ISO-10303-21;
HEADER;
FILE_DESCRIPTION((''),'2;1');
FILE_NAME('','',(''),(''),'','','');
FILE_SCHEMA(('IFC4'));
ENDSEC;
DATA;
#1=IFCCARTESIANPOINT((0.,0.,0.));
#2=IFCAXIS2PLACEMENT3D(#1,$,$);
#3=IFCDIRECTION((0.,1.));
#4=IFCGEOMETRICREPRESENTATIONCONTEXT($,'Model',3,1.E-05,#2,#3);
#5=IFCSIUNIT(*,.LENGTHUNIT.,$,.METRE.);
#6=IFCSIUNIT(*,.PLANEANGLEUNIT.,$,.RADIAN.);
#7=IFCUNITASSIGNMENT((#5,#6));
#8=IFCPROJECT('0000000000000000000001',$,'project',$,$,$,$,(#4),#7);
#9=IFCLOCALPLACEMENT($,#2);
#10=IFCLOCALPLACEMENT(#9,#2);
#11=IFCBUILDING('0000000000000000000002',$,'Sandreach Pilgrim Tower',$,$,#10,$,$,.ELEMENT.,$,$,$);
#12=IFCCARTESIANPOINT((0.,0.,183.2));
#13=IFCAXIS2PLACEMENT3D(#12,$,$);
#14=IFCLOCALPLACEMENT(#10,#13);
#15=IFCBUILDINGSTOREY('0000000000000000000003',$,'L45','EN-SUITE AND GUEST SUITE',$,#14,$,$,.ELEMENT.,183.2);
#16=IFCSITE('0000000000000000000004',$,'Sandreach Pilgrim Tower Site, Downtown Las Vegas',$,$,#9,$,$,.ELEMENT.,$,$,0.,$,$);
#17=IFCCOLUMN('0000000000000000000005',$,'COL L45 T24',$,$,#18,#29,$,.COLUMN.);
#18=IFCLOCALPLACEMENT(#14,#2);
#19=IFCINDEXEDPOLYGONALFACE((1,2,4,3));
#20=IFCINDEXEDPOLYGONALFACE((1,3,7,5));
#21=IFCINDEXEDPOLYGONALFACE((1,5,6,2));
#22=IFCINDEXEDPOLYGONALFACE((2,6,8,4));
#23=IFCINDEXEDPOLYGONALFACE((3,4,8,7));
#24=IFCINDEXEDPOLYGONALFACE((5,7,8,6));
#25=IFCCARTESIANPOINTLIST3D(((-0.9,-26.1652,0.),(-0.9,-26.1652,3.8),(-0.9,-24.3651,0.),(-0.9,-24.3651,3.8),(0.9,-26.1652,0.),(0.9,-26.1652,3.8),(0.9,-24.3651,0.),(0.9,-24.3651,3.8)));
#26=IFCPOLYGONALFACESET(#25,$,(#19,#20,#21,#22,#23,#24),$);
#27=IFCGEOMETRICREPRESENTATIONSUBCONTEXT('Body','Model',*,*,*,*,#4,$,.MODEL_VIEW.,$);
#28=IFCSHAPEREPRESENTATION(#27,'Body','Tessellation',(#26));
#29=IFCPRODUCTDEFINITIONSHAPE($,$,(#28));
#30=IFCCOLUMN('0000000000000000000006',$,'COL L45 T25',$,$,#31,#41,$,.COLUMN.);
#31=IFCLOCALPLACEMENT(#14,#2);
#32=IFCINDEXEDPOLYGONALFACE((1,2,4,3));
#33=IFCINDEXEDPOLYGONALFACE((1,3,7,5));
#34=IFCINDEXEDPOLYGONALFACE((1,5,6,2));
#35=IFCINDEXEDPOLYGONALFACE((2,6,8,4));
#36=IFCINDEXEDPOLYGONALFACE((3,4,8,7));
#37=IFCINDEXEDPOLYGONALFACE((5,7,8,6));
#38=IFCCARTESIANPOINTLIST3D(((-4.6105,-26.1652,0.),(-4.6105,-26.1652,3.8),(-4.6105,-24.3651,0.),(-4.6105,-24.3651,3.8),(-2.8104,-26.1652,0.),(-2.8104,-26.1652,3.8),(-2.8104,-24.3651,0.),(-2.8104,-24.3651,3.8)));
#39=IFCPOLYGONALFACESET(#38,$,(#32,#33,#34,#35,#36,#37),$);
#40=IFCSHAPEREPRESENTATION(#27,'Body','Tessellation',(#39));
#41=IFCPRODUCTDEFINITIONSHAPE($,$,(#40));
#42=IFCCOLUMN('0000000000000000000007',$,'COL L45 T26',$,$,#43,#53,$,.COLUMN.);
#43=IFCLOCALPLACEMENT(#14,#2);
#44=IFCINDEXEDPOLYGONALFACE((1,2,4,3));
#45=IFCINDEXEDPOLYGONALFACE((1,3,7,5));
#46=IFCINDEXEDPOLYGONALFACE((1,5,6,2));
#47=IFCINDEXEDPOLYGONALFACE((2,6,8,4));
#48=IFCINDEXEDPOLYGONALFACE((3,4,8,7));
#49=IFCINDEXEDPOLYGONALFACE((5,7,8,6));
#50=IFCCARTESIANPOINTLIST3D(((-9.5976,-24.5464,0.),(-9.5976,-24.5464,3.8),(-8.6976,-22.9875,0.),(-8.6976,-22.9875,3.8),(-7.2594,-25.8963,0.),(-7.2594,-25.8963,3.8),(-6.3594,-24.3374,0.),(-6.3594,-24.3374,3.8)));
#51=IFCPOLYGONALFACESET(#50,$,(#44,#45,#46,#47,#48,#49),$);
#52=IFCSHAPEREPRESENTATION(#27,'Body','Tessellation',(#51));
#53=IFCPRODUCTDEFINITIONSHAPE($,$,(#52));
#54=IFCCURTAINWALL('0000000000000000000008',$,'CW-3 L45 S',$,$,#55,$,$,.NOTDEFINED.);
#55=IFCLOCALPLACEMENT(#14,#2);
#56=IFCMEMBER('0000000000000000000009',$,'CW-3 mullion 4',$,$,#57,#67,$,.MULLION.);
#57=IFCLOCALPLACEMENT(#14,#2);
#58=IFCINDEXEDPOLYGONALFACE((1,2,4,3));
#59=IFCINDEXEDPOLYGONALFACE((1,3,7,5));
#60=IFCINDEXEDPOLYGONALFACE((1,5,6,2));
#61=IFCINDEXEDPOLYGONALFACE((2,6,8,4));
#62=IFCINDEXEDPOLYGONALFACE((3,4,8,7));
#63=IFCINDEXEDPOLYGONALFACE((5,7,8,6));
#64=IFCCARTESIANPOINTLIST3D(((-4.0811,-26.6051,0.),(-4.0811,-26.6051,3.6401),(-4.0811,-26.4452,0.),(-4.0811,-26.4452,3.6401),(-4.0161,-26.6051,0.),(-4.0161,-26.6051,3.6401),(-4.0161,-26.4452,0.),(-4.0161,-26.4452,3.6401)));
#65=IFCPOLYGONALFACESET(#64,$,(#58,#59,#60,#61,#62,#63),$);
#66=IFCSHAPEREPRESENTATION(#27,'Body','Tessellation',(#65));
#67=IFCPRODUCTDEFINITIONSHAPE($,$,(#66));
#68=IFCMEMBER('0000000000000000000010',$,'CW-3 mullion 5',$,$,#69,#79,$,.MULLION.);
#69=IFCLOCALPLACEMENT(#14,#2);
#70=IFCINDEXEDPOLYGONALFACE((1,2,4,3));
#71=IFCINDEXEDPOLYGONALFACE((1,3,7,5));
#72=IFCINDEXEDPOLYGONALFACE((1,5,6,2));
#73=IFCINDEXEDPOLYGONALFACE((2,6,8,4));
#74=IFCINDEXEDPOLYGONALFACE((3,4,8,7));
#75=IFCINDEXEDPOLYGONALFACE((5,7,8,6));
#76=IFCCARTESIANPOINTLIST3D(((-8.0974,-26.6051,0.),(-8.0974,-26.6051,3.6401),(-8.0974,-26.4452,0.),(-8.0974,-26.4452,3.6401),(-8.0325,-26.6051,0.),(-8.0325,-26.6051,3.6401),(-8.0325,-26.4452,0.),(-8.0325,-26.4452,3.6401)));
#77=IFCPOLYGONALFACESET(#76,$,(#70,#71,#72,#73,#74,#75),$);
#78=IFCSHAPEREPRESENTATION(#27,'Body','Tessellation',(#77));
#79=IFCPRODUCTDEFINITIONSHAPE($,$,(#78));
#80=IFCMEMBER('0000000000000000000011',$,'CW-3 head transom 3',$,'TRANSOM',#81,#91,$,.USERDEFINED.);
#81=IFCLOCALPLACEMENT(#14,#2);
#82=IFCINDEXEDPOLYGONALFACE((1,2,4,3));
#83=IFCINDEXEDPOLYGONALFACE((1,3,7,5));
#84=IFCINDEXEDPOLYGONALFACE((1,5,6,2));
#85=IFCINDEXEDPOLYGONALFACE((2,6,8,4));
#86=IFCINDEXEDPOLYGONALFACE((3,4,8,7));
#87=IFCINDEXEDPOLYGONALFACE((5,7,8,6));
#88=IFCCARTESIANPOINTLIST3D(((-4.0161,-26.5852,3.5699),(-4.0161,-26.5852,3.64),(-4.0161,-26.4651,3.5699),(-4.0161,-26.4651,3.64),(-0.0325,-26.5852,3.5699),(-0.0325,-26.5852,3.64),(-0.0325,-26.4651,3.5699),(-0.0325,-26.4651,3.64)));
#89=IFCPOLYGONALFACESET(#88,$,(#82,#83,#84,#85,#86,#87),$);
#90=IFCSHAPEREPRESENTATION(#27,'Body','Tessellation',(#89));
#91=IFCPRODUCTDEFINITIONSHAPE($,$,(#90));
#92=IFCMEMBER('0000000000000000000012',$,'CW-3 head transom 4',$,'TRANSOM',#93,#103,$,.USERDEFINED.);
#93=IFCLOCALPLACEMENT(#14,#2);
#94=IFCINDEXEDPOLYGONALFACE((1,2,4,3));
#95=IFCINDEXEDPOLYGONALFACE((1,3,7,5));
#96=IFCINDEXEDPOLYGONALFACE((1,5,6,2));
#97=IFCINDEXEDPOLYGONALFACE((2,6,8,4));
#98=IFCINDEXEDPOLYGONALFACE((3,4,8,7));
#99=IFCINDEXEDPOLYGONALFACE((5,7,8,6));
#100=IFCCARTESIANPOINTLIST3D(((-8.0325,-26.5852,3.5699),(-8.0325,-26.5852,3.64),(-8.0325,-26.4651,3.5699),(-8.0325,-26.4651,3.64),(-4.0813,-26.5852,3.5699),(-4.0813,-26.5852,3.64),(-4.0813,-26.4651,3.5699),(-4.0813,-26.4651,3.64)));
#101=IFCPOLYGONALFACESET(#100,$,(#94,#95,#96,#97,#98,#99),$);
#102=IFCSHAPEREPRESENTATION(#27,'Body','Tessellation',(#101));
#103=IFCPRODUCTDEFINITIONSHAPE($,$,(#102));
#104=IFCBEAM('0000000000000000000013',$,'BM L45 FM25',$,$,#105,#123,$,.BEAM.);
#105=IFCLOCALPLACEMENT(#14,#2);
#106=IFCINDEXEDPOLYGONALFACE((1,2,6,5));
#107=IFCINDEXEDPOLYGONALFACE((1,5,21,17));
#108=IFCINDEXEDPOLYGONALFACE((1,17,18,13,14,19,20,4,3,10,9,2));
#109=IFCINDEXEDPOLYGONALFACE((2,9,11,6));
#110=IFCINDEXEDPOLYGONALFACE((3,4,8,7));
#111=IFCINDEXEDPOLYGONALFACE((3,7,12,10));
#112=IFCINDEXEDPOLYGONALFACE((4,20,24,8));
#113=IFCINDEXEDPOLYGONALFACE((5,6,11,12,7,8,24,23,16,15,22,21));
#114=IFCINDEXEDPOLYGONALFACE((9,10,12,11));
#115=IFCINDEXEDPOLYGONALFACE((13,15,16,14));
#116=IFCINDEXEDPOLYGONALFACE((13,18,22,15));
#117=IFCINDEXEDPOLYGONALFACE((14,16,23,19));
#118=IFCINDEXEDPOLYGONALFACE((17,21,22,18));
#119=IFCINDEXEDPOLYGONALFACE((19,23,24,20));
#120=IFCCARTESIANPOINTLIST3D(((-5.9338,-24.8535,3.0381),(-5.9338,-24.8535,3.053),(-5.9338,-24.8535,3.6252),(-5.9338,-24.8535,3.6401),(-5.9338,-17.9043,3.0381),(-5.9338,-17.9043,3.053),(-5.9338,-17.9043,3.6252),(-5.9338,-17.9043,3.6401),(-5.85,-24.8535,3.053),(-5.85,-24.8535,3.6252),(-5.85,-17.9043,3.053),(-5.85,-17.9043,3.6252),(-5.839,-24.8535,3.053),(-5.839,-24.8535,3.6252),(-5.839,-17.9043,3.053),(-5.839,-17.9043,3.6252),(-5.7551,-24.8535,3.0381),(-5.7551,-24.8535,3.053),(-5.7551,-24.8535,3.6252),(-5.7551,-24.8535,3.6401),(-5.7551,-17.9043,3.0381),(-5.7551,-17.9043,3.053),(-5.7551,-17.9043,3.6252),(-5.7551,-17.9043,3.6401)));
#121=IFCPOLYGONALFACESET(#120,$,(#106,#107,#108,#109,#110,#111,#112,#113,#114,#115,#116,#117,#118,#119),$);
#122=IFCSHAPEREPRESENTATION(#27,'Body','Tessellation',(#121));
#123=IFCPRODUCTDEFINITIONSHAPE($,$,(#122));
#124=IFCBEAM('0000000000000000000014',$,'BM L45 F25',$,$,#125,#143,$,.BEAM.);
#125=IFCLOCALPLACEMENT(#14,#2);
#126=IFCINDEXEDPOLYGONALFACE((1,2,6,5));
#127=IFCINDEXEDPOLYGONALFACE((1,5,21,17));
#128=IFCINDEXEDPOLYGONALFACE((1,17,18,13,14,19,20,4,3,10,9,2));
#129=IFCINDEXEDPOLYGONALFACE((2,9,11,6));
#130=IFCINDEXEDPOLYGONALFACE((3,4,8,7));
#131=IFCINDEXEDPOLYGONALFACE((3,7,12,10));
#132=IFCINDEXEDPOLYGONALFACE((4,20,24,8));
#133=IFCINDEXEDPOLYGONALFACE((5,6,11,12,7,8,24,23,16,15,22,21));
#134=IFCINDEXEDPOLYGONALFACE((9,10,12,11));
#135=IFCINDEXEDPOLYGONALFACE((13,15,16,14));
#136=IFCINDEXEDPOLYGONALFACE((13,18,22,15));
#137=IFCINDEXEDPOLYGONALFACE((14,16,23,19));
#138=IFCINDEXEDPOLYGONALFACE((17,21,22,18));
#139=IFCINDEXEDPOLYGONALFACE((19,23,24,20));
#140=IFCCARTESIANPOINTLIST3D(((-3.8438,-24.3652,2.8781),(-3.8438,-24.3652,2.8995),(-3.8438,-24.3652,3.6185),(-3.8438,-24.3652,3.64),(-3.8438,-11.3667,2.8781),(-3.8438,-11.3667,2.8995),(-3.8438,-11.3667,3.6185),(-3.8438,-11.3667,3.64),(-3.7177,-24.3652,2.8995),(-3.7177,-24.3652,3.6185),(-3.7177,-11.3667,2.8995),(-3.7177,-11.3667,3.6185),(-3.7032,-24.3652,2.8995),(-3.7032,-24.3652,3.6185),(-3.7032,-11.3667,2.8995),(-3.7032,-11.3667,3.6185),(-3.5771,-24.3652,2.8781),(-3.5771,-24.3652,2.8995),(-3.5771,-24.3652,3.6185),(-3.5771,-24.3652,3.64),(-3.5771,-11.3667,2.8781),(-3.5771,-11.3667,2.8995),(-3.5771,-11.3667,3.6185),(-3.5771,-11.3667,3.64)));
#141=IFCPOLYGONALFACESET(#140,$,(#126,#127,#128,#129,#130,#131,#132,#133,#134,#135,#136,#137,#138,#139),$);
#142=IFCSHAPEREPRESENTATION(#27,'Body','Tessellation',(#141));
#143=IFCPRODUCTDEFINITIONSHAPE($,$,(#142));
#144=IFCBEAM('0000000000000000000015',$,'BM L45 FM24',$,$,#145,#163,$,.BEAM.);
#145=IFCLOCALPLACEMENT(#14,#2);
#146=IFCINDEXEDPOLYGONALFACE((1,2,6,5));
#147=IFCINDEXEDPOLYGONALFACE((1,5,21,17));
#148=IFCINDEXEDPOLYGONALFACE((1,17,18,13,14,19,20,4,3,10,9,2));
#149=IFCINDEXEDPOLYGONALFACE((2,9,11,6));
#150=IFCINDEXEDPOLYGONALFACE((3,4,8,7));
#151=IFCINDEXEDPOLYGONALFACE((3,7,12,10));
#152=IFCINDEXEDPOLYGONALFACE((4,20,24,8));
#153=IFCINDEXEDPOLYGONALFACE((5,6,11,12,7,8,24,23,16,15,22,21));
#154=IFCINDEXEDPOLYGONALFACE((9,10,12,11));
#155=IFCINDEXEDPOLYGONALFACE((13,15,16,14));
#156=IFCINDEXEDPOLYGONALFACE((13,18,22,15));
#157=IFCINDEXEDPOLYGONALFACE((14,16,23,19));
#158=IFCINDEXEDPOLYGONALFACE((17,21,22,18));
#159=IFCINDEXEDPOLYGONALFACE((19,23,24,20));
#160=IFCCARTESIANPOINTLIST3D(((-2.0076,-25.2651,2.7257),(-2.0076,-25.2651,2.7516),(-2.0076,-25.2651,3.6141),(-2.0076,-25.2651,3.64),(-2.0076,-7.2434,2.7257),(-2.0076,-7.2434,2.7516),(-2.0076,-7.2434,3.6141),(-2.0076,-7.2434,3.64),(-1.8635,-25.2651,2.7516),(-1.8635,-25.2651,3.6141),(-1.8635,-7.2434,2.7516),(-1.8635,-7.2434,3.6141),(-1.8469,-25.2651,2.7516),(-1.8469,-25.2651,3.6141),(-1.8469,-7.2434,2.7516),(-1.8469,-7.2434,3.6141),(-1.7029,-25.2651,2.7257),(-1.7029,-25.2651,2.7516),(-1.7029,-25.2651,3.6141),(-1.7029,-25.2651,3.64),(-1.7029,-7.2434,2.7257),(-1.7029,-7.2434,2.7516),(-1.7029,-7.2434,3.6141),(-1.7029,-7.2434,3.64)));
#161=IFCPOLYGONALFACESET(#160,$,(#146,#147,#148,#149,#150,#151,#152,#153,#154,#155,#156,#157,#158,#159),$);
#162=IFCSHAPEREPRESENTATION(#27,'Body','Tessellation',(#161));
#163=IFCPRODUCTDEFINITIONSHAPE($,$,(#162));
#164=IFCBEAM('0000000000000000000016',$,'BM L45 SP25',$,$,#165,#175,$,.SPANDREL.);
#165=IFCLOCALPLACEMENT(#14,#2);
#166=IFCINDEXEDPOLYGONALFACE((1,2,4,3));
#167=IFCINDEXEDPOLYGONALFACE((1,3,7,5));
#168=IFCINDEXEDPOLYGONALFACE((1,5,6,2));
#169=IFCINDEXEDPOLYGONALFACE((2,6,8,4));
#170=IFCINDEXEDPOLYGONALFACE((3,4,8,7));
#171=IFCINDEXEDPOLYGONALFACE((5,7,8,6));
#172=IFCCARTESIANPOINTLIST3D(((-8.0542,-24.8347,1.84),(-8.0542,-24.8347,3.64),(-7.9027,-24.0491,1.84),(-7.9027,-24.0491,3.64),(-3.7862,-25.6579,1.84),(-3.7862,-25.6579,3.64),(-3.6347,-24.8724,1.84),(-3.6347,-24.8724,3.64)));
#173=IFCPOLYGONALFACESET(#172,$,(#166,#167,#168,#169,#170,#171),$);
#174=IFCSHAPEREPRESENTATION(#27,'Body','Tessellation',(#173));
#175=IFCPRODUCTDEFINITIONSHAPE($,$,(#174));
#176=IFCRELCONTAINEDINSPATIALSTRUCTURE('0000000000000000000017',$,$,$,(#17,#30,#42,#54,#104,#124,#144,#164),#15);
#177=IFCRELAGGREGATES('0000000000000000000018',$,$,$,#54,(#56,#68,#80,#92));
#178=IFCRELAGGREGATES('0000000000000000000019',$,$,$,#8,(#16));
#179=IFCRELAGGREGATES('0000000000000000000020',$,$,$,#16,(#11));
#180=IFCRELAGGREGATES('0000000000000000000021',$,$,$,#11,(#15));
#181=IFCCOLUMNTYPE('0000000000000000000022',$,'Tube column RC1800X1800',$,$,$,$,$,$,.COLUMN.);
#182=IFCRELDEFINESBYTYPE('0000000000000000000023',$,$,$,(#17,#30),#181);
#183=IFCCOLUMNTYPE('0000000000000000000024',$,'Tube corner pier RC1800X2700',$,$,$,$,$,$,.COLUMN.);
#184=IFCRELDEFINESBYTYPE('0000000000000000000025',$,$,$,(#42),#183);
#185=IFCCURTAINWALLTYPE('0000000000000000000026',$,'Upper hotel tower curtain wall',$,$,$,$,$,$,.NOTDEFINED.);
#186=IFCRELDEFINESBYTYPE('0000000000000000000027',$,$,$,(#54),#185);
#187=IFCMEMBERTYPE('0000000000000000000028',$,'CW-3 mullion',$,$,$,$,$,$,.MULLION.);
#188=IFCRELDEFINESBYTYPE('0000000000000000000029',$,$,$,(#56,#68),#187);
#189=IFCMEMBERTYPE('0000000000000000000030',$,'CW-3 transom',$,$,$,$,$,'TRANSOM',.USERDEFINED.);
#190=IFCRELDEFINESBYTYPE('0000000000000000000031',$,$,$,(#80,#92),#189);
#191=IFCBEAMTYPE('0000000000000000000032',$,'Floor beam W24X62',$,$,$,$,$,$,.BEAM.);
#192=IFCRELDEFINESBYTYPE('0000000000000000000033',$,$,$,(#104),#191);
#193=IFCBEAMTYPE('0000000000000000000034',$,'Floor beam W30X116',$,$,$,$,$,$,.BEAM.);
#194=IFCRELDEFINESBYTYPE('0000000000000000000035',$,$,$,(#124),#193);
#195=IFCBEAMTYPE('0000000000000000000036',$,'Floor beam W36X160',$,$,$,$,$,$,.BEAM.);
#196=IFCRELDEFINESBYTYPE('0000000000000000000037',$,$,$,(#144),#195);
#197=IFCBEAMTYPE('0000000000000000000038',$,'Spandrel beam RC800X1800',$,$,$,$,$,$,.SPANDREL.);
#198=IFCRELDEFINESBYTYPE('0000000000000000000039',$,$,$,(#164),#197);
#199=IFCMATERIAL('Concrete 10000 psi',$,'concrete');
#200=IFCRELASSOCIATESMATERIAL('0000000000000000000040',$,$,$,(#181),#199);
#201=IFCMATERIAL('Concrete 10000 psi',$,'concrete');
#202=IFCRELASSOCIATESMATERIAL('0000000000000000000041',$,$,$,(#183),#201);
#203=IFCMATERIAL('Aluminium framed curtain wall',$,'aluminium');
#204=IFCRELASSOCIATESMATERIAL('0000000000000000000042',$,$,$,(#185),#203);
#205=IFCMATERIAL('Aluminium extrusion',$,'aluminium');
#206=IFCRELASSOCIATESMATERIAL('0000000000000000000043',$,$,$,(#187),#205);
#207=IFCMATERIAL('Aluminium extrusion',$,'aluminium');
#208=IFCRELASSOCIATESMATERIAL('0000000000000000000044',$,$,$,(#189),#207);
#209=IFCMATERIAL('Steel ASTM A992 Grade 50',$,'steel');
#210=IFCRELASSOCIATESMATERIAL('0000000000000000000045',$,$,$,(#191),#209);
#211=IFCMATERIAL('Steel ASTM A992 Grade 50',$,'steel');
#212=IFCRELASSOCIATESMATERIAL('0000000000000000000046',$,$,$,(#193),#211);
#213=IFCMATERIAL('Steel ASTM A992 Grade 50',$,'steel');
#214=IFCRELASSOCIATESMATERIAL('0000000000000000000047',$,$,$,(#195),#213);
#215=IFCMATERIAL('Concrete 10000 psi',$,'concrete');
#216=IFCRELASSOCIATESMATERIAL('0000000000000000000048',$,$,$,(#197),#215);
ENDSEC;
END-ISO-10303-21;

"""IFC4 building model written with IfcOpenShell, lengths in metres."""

from ifc_helpers import new_model, si_unit, direction, frame, origin, origin_2d, place, context, subcontext, project, spatial, rectangle, i_section, extrude, material, material_profile, profile_set, type_object, element, aggregate, save


model = new_model("IFC4")

# Units and contexts
model_context = context("Model", 3, precision=1e-05, world=origin(), true_north=direction((0.0, 1.0)))
body_context = subcontext(model_context, "Body", "Model", "MODEL_VIEW")
ifc_project = project(units=[si_unit("LENGTHUNIT", "METRE"), si_unit("PLANEANGLEUNIT", "RADIAN")], contexts=[model_context])

# Site, building, storey
site_placement = place(None, origin())
site = spatial("IfcSite", under=ifc_project, at=site_placement, Name="Sandreach Pilgrim Tower Site, Downtown Las Vegas", CompositionType="ELEMENT", RefElevation=0.0)
building_placement = place(site_placement, origin())
building = spatial("IfcBuilding", under=site, at=building_placement, Name="Sandreach Pilgrim Tower", CompositionType="ELEMENT")
storey_placement = place(building_placement, frame((0.0, 0.0, 183.2)))
storey = spatial("IfcBuildingStorey", under=building, at=storey_placement, Name="L45", Description="EN-SUITE AND GUEST SUITE", CompositionType="ELEMENT", Elevation=183.2)

# Columns
ifc_material_1 = material(Name="Concrete 10000 psi", Category="concrete")
ifc_material_profile_1 = material_profile(ifc_material_1, rectangle(XDim=1.8, YDim=1.8, at=origin_2d()), Name="RC1800X1800")
ifc_profile_set_1 = profile_set([ifc_material_profile_1], Name="Concrete 10000 psi")
column_type_1 = type_object("IfcColumnType", Name="Tube column RC1800X1800", PredefinedType="COLUMN", material=ifc_profile_set_1)
for number, where, z_axis, x_axis, name in (
    (1, (0.0, -25.2651, 0.0), (0.0, 0.0, 1.0), (0.0, -1.0, 0.0), "COL L45 T24"),
    (2, (-3.7104, -25.2651, 0.0), (0.0, 0.0, 1.0), (0.0, -1.0, 0.0), "COL L45 T25"),
):
    element("IfcColumn", number, at=place(storey_placement, frame(where, z_axis=z_axis, x_axis=x_axis)), inside=storey, type_object=column_type_1, Name=name, PredefinedType="COLUMN", context=body_context, shape_type="SweptSolid", body=[
        extrude(rectangle(XDim=1.8, YDim=1.8, at=origin_2d()), origin(), (0.0, 0.0, 1.0), 3.8),
    ])
ifc_material_2 = material(Name="Concrete 10000 psi", Category="concrete")
ifc_material_profile_2 = material_profile(ifc_material_2, rectangle(XDim=1.8, YDim=2.7, at=origin_2d()), Name="RC1800X2700")
ifc_profile_set_2 = profile_set([ifc_material_profile_2], Name="Concrete 10000 psi")
column_type_2 = type_object("IfcColumnType", Name="Tube corner pier RC1800X2700", PredefinedType="COLUMN", material=ifc_profile_set_2)
column_placement = place(storey_placement, frame((-7.9785, -24.4419, 0.0), z_axis=(0.0, 0.0, 1.0), x_axis=(-0.5, -0.866025, 0.0)))
element("IfcColumn", 3, at=column_placement, inside=storey, type_object=column_type_2, Name="COL L45 T26", PredefinedType="COLUMN", context=body_context, shape_type="SweptSolid", body=[
    extrude(rectangle(XDim=1.8, YDim=2.7, at=origin_2d()), origin(), (0.0, 0.0, 1.0), 3.8),
])

# Curtain wall, members
ifc_material_3 = material(Name="Aluminium framed curtain wall", Category="aluminium")
curtain_wall_type = type_object("IfcCurtainWallType", Name="Upper hotel tower curtain wall", PredefinedType="NOTDEFINED", material=ifc_material_3)
curtain_wall_placement = place(storey_placement, origin())
curtain_wall = element("IfcCurtainWall", 4, at=curtain_wall_placement, inside=storey, type_object=curtain_wall_type, Name="CW-3 L45 S", PredefinedType="NOTDEFINED")
ifc_material_4 = material(Name="Aluminium extrusion", Category="aluminium")
ifc_material_profile_3 = material_profile(ifc_material_4, rectangle(XDim=0.0649, YDim=0.1599, at=origin_2d()), Name="CW-3M 65X160")
ifc_profile_set_3 = profile_set([ifc_material_profile_3], Name="Aluminium extrusion")
member_type_1 = type_object("IfcMemberType", Name="CW-3 mullion", PredefinedType="MULLION", material=ifc_profile_set_3)
member_1_placement = place(storey_placement, frame((-4.0486, -26.5251, 0.0), z_axis=(0.0, 0.0, 1.0), x_axis=(-1.0, 0.0, 0.0)))
member_1 = element("IfcMember", 5, at=member_1_placement, type_object=member_type_1, Name="CW-3 mullion 4", PredefinedType="MULLION", context=body_context, shape_type="SweptSolid", body=[
    extrude(rectangle(XDim=0.0649, YDim=0.1599, at=origin_2d()), origin(), (0.0, 0.0, 1.0), 3.6401),
])
member_2_placement = place(storey_placement, frame((-8.0649, -26.5251, 0.0), z_axis=(0.0, 0.0, 1.0), x_axis=(-1.0, 0.0, 0.0)))
member_2 = element("IfcMember", 6, at=member_2_placement, type_object=member_type_1, Name="CW-3 mullion 5", PredefinedType="MULLION", context=body_context, shape_type="SweptSolid", body=[
    extrude(rectangle(XDim=0.0649, YDim=0.1599, at=origin_2d()), origin(), (0.0, 0.0, 1.0), 3.6401),
])
ifc_material_5 = material(Name="Aluminium extrusion", Category="aluminium")
ifc_material_profile_4 = material_profile(ifc_material_5, rectangle(XDim=0.1201, YDim=0.0701, at=origin_2d()), Name="CW-3T 120X70")
ifc_profile_set_4 = profile_set([ifc_material_profile_4], Name="Aluminium extrusion")
member_type_2 = type_object("IfcMemberType", Name="CW-3 transom", ElementType="TRANSOM", PredefinedType="USERDEFINED", material=ifc_profile_set_4)
member_3_placement = place(storey_placement, frame((-0.0325, -26.5251, 3.605), z_axis=(-1.0, 0.0, 0.0), x_axis=(0.0, -1.0, 0.0)))
member_3 = element("IfcMember", 7, at=member_3_placement, type_object=member_type_2, Name="CW-3 head transom 3", ObjectType="TRANSOM", PredefinedType="USERDEFINED", context=body_context, shape_type="SweptSolid", body=[
    extrude(rectangle(XDim=0.1201, YDim=0.0701, at=origin_2d()), origin(), (0.0, 0.0, 1.0), 3.9836),
])
member_4_placement = place(storey_placement, frame((-4.0813, -26.5251, 3.605), z_axis=(-1.0, 0.0, 0.0), x_axis=(0.0, -1.0, 0.0)))
member_4 = element("IfcMember", 8, at=member_4_placement, type_object=member_type_2, Name="CW-3 head transom 4", ObjectType="TRANSOM", PredefinedType="USERDEFINED", context=body_context, shape_type="SweptSolid", body=[
    extrude(rectangle(XDim=0.1201, YDim=0.0701, at=origin_2d()), origin(), (0.0, 0.0, 1.0), 3.9512),
])

# Beams
ifc_material_6 = material(Name="Steel ASTM A992 Grade 50", Category="steel")
ifc_material_profile_5 = material_profile(ifc_material_6, i_section(OverallWidth=0.1787, OverallDepth=0.6021, WebThickness=0.011, FlangeThickness=0.0149, at=origin_2d()), Name="W24X62")
ifc_profile_set_5 = profile_set([ifc_material_profile_5], Name="Steel ASTM A992 Grade 50")
beam_type_1 = type_object("IfcBeamType", Name="Floor beam W24X62", PredefinedType="BEAM", material=ifc_profile_set_5)
beam_1_placement = place(storey_placement, frame((-5.8445, -24.8535, 3.3391), z_axis=(0.0, 1.0, 0.0), x_axis=(-1.0, 0.0, 0.0)))
element("IfcBeam", 9, at=beam_1_placement, inside=storey, type_object=beam_type_1, Name="BM L45 FM25", PredefinedType="BEAM", context=body_context, shape_type="SweptSolid", body=[
    extrude(i_section(OverallWidth=0.1787, OverallDepth=0.6021, WebThickness=0.011, FlangeThickness=0.0149, at=origin_2d()), origin(), (0.0, 0.0, 1.0), 6.9492),
])
ifc_material_7 = material(Name="Steel ASTM A992 Grade 50", Category="steel")
ifc_material_profile_6 = material_profile(ifc_material_7, i_section(OverallWidth=0.2666, OverallDepth=0.762, WebThickness=0.0144, FlangeThickness=0.0215, at=origin_2d()), Name="W30X116")
ifc_profile_set_6 = profile_set([ifc_material_profile_6], Name="Steel ASTM A992 Grade 50")
beam_type_2 = type_object("IfcBeamType", Name="Floor beam W30X116", PredefinedType="BEAM", material=ifc_profile_set_6)
beam_2_placement = place(storey_placement, frame((-3.7104, -24.3652, 3.259), z_axis=(0.0, 1.0, 0.0), x_axis=(-1.0, 0.0, 0.0)))
element("IfcBeam", 10, at=beam_2_placement, inside=storey, type_object=beam_type_2, Name="BM L45 F25", PredefinedType="BEAM", context=body_context, shape_type="SweptSolid", body=[
    extrude(i_section(OverallWidth=0.2666, OverallDepth=0.762, WebThickness=0.0144, FlangeThickness=0.0215, at=origin_2d()), origin(), (0.0, 0.0, 1.0), 12.9985),
])
ifc_material_8 = material(Name="Steel ASTM A992 Grade 50", Category="steel")
ifc_material_profile_7 = material_profile(ifc_material_8, i_section(OverallWidth=0.3047, OverallDepth=0.9143, WebThickness=0.0166, FlangeThickness=0.0259, at=origin_2d()), Name="W36X160")
ifc_profile_set_7 = profile_set([ifc_material_profile_7], Name="Steel ASTM A992 Grade 50")
beam_type_3 = type_object("IfcBeamType", Name="Floor beam W36X160", PredefinedType="BEAM", material=ifc_profile_set_7)
beam_3_placement = place(storey_placement, frame((-1.8552, -25.2651, 3.1829), z_axis=(0.0, 1.0, 0.0), x_axis=(-1.0, 0.0, 0.0)))
element("IfcBeam", 11, at=beam_3_placement, inside=storey, type_object=beam_type_3, Name="BM L45 FM24", PredefinedType="BEAM", context=body_context, shape_type="SweptSolid", body=[
    extrude(i_section(OverallWidth=0.3047, OverallDepth=0.9143, WebThickness=0.0166, FlangeThickness=0.0259, at=origin_2d()), origin(), (0.0, 0.0, 1.0), 18.0217),
])
ifc_material_9 = material(Name="Concrete 10000 psi", Category="concrete")
ifc_material_profile_8 = material_profile(ifc_material_9, rectangle(XDim=0.8, YDim=1.8, at=origin_2d()), Name="RC800X1800")
ifc_profile_set_8 = profile_set([ifc_material_profile_8], Name="Concrete 10000 psi")
beam_type_4 = type_object("IfcBeamType", Name="Spandrel beam RC800X1800", PredefinedType="SPANDREL", material=ifc_profile_set_8)
beam_4_placement = place(storey_placement, frame((-3.7104, -25.2651, 2.74), z_axis=(-0.981901, 0.189393, 0.0), x_axis=(-0.189393, -0.981901, 0.0)))
element("IfcBeam", 12, at=beam_4_placement, inside=storey, type_object=beam_type_4, Name="BM L45 SP25", PredefinedType="SPANDREL", context=body_context, shape_type="SweptSolid", body=[
    extrude(rectangle(XDim=0.8, YDim=1.8, at=origin_2d()), origin(), (0.0, 0.0, 1.0), 4.3467),
])

aggregate(curtain_wall, [member_1, member_2, member_3, member_4])

save(model, "model.ifc")
